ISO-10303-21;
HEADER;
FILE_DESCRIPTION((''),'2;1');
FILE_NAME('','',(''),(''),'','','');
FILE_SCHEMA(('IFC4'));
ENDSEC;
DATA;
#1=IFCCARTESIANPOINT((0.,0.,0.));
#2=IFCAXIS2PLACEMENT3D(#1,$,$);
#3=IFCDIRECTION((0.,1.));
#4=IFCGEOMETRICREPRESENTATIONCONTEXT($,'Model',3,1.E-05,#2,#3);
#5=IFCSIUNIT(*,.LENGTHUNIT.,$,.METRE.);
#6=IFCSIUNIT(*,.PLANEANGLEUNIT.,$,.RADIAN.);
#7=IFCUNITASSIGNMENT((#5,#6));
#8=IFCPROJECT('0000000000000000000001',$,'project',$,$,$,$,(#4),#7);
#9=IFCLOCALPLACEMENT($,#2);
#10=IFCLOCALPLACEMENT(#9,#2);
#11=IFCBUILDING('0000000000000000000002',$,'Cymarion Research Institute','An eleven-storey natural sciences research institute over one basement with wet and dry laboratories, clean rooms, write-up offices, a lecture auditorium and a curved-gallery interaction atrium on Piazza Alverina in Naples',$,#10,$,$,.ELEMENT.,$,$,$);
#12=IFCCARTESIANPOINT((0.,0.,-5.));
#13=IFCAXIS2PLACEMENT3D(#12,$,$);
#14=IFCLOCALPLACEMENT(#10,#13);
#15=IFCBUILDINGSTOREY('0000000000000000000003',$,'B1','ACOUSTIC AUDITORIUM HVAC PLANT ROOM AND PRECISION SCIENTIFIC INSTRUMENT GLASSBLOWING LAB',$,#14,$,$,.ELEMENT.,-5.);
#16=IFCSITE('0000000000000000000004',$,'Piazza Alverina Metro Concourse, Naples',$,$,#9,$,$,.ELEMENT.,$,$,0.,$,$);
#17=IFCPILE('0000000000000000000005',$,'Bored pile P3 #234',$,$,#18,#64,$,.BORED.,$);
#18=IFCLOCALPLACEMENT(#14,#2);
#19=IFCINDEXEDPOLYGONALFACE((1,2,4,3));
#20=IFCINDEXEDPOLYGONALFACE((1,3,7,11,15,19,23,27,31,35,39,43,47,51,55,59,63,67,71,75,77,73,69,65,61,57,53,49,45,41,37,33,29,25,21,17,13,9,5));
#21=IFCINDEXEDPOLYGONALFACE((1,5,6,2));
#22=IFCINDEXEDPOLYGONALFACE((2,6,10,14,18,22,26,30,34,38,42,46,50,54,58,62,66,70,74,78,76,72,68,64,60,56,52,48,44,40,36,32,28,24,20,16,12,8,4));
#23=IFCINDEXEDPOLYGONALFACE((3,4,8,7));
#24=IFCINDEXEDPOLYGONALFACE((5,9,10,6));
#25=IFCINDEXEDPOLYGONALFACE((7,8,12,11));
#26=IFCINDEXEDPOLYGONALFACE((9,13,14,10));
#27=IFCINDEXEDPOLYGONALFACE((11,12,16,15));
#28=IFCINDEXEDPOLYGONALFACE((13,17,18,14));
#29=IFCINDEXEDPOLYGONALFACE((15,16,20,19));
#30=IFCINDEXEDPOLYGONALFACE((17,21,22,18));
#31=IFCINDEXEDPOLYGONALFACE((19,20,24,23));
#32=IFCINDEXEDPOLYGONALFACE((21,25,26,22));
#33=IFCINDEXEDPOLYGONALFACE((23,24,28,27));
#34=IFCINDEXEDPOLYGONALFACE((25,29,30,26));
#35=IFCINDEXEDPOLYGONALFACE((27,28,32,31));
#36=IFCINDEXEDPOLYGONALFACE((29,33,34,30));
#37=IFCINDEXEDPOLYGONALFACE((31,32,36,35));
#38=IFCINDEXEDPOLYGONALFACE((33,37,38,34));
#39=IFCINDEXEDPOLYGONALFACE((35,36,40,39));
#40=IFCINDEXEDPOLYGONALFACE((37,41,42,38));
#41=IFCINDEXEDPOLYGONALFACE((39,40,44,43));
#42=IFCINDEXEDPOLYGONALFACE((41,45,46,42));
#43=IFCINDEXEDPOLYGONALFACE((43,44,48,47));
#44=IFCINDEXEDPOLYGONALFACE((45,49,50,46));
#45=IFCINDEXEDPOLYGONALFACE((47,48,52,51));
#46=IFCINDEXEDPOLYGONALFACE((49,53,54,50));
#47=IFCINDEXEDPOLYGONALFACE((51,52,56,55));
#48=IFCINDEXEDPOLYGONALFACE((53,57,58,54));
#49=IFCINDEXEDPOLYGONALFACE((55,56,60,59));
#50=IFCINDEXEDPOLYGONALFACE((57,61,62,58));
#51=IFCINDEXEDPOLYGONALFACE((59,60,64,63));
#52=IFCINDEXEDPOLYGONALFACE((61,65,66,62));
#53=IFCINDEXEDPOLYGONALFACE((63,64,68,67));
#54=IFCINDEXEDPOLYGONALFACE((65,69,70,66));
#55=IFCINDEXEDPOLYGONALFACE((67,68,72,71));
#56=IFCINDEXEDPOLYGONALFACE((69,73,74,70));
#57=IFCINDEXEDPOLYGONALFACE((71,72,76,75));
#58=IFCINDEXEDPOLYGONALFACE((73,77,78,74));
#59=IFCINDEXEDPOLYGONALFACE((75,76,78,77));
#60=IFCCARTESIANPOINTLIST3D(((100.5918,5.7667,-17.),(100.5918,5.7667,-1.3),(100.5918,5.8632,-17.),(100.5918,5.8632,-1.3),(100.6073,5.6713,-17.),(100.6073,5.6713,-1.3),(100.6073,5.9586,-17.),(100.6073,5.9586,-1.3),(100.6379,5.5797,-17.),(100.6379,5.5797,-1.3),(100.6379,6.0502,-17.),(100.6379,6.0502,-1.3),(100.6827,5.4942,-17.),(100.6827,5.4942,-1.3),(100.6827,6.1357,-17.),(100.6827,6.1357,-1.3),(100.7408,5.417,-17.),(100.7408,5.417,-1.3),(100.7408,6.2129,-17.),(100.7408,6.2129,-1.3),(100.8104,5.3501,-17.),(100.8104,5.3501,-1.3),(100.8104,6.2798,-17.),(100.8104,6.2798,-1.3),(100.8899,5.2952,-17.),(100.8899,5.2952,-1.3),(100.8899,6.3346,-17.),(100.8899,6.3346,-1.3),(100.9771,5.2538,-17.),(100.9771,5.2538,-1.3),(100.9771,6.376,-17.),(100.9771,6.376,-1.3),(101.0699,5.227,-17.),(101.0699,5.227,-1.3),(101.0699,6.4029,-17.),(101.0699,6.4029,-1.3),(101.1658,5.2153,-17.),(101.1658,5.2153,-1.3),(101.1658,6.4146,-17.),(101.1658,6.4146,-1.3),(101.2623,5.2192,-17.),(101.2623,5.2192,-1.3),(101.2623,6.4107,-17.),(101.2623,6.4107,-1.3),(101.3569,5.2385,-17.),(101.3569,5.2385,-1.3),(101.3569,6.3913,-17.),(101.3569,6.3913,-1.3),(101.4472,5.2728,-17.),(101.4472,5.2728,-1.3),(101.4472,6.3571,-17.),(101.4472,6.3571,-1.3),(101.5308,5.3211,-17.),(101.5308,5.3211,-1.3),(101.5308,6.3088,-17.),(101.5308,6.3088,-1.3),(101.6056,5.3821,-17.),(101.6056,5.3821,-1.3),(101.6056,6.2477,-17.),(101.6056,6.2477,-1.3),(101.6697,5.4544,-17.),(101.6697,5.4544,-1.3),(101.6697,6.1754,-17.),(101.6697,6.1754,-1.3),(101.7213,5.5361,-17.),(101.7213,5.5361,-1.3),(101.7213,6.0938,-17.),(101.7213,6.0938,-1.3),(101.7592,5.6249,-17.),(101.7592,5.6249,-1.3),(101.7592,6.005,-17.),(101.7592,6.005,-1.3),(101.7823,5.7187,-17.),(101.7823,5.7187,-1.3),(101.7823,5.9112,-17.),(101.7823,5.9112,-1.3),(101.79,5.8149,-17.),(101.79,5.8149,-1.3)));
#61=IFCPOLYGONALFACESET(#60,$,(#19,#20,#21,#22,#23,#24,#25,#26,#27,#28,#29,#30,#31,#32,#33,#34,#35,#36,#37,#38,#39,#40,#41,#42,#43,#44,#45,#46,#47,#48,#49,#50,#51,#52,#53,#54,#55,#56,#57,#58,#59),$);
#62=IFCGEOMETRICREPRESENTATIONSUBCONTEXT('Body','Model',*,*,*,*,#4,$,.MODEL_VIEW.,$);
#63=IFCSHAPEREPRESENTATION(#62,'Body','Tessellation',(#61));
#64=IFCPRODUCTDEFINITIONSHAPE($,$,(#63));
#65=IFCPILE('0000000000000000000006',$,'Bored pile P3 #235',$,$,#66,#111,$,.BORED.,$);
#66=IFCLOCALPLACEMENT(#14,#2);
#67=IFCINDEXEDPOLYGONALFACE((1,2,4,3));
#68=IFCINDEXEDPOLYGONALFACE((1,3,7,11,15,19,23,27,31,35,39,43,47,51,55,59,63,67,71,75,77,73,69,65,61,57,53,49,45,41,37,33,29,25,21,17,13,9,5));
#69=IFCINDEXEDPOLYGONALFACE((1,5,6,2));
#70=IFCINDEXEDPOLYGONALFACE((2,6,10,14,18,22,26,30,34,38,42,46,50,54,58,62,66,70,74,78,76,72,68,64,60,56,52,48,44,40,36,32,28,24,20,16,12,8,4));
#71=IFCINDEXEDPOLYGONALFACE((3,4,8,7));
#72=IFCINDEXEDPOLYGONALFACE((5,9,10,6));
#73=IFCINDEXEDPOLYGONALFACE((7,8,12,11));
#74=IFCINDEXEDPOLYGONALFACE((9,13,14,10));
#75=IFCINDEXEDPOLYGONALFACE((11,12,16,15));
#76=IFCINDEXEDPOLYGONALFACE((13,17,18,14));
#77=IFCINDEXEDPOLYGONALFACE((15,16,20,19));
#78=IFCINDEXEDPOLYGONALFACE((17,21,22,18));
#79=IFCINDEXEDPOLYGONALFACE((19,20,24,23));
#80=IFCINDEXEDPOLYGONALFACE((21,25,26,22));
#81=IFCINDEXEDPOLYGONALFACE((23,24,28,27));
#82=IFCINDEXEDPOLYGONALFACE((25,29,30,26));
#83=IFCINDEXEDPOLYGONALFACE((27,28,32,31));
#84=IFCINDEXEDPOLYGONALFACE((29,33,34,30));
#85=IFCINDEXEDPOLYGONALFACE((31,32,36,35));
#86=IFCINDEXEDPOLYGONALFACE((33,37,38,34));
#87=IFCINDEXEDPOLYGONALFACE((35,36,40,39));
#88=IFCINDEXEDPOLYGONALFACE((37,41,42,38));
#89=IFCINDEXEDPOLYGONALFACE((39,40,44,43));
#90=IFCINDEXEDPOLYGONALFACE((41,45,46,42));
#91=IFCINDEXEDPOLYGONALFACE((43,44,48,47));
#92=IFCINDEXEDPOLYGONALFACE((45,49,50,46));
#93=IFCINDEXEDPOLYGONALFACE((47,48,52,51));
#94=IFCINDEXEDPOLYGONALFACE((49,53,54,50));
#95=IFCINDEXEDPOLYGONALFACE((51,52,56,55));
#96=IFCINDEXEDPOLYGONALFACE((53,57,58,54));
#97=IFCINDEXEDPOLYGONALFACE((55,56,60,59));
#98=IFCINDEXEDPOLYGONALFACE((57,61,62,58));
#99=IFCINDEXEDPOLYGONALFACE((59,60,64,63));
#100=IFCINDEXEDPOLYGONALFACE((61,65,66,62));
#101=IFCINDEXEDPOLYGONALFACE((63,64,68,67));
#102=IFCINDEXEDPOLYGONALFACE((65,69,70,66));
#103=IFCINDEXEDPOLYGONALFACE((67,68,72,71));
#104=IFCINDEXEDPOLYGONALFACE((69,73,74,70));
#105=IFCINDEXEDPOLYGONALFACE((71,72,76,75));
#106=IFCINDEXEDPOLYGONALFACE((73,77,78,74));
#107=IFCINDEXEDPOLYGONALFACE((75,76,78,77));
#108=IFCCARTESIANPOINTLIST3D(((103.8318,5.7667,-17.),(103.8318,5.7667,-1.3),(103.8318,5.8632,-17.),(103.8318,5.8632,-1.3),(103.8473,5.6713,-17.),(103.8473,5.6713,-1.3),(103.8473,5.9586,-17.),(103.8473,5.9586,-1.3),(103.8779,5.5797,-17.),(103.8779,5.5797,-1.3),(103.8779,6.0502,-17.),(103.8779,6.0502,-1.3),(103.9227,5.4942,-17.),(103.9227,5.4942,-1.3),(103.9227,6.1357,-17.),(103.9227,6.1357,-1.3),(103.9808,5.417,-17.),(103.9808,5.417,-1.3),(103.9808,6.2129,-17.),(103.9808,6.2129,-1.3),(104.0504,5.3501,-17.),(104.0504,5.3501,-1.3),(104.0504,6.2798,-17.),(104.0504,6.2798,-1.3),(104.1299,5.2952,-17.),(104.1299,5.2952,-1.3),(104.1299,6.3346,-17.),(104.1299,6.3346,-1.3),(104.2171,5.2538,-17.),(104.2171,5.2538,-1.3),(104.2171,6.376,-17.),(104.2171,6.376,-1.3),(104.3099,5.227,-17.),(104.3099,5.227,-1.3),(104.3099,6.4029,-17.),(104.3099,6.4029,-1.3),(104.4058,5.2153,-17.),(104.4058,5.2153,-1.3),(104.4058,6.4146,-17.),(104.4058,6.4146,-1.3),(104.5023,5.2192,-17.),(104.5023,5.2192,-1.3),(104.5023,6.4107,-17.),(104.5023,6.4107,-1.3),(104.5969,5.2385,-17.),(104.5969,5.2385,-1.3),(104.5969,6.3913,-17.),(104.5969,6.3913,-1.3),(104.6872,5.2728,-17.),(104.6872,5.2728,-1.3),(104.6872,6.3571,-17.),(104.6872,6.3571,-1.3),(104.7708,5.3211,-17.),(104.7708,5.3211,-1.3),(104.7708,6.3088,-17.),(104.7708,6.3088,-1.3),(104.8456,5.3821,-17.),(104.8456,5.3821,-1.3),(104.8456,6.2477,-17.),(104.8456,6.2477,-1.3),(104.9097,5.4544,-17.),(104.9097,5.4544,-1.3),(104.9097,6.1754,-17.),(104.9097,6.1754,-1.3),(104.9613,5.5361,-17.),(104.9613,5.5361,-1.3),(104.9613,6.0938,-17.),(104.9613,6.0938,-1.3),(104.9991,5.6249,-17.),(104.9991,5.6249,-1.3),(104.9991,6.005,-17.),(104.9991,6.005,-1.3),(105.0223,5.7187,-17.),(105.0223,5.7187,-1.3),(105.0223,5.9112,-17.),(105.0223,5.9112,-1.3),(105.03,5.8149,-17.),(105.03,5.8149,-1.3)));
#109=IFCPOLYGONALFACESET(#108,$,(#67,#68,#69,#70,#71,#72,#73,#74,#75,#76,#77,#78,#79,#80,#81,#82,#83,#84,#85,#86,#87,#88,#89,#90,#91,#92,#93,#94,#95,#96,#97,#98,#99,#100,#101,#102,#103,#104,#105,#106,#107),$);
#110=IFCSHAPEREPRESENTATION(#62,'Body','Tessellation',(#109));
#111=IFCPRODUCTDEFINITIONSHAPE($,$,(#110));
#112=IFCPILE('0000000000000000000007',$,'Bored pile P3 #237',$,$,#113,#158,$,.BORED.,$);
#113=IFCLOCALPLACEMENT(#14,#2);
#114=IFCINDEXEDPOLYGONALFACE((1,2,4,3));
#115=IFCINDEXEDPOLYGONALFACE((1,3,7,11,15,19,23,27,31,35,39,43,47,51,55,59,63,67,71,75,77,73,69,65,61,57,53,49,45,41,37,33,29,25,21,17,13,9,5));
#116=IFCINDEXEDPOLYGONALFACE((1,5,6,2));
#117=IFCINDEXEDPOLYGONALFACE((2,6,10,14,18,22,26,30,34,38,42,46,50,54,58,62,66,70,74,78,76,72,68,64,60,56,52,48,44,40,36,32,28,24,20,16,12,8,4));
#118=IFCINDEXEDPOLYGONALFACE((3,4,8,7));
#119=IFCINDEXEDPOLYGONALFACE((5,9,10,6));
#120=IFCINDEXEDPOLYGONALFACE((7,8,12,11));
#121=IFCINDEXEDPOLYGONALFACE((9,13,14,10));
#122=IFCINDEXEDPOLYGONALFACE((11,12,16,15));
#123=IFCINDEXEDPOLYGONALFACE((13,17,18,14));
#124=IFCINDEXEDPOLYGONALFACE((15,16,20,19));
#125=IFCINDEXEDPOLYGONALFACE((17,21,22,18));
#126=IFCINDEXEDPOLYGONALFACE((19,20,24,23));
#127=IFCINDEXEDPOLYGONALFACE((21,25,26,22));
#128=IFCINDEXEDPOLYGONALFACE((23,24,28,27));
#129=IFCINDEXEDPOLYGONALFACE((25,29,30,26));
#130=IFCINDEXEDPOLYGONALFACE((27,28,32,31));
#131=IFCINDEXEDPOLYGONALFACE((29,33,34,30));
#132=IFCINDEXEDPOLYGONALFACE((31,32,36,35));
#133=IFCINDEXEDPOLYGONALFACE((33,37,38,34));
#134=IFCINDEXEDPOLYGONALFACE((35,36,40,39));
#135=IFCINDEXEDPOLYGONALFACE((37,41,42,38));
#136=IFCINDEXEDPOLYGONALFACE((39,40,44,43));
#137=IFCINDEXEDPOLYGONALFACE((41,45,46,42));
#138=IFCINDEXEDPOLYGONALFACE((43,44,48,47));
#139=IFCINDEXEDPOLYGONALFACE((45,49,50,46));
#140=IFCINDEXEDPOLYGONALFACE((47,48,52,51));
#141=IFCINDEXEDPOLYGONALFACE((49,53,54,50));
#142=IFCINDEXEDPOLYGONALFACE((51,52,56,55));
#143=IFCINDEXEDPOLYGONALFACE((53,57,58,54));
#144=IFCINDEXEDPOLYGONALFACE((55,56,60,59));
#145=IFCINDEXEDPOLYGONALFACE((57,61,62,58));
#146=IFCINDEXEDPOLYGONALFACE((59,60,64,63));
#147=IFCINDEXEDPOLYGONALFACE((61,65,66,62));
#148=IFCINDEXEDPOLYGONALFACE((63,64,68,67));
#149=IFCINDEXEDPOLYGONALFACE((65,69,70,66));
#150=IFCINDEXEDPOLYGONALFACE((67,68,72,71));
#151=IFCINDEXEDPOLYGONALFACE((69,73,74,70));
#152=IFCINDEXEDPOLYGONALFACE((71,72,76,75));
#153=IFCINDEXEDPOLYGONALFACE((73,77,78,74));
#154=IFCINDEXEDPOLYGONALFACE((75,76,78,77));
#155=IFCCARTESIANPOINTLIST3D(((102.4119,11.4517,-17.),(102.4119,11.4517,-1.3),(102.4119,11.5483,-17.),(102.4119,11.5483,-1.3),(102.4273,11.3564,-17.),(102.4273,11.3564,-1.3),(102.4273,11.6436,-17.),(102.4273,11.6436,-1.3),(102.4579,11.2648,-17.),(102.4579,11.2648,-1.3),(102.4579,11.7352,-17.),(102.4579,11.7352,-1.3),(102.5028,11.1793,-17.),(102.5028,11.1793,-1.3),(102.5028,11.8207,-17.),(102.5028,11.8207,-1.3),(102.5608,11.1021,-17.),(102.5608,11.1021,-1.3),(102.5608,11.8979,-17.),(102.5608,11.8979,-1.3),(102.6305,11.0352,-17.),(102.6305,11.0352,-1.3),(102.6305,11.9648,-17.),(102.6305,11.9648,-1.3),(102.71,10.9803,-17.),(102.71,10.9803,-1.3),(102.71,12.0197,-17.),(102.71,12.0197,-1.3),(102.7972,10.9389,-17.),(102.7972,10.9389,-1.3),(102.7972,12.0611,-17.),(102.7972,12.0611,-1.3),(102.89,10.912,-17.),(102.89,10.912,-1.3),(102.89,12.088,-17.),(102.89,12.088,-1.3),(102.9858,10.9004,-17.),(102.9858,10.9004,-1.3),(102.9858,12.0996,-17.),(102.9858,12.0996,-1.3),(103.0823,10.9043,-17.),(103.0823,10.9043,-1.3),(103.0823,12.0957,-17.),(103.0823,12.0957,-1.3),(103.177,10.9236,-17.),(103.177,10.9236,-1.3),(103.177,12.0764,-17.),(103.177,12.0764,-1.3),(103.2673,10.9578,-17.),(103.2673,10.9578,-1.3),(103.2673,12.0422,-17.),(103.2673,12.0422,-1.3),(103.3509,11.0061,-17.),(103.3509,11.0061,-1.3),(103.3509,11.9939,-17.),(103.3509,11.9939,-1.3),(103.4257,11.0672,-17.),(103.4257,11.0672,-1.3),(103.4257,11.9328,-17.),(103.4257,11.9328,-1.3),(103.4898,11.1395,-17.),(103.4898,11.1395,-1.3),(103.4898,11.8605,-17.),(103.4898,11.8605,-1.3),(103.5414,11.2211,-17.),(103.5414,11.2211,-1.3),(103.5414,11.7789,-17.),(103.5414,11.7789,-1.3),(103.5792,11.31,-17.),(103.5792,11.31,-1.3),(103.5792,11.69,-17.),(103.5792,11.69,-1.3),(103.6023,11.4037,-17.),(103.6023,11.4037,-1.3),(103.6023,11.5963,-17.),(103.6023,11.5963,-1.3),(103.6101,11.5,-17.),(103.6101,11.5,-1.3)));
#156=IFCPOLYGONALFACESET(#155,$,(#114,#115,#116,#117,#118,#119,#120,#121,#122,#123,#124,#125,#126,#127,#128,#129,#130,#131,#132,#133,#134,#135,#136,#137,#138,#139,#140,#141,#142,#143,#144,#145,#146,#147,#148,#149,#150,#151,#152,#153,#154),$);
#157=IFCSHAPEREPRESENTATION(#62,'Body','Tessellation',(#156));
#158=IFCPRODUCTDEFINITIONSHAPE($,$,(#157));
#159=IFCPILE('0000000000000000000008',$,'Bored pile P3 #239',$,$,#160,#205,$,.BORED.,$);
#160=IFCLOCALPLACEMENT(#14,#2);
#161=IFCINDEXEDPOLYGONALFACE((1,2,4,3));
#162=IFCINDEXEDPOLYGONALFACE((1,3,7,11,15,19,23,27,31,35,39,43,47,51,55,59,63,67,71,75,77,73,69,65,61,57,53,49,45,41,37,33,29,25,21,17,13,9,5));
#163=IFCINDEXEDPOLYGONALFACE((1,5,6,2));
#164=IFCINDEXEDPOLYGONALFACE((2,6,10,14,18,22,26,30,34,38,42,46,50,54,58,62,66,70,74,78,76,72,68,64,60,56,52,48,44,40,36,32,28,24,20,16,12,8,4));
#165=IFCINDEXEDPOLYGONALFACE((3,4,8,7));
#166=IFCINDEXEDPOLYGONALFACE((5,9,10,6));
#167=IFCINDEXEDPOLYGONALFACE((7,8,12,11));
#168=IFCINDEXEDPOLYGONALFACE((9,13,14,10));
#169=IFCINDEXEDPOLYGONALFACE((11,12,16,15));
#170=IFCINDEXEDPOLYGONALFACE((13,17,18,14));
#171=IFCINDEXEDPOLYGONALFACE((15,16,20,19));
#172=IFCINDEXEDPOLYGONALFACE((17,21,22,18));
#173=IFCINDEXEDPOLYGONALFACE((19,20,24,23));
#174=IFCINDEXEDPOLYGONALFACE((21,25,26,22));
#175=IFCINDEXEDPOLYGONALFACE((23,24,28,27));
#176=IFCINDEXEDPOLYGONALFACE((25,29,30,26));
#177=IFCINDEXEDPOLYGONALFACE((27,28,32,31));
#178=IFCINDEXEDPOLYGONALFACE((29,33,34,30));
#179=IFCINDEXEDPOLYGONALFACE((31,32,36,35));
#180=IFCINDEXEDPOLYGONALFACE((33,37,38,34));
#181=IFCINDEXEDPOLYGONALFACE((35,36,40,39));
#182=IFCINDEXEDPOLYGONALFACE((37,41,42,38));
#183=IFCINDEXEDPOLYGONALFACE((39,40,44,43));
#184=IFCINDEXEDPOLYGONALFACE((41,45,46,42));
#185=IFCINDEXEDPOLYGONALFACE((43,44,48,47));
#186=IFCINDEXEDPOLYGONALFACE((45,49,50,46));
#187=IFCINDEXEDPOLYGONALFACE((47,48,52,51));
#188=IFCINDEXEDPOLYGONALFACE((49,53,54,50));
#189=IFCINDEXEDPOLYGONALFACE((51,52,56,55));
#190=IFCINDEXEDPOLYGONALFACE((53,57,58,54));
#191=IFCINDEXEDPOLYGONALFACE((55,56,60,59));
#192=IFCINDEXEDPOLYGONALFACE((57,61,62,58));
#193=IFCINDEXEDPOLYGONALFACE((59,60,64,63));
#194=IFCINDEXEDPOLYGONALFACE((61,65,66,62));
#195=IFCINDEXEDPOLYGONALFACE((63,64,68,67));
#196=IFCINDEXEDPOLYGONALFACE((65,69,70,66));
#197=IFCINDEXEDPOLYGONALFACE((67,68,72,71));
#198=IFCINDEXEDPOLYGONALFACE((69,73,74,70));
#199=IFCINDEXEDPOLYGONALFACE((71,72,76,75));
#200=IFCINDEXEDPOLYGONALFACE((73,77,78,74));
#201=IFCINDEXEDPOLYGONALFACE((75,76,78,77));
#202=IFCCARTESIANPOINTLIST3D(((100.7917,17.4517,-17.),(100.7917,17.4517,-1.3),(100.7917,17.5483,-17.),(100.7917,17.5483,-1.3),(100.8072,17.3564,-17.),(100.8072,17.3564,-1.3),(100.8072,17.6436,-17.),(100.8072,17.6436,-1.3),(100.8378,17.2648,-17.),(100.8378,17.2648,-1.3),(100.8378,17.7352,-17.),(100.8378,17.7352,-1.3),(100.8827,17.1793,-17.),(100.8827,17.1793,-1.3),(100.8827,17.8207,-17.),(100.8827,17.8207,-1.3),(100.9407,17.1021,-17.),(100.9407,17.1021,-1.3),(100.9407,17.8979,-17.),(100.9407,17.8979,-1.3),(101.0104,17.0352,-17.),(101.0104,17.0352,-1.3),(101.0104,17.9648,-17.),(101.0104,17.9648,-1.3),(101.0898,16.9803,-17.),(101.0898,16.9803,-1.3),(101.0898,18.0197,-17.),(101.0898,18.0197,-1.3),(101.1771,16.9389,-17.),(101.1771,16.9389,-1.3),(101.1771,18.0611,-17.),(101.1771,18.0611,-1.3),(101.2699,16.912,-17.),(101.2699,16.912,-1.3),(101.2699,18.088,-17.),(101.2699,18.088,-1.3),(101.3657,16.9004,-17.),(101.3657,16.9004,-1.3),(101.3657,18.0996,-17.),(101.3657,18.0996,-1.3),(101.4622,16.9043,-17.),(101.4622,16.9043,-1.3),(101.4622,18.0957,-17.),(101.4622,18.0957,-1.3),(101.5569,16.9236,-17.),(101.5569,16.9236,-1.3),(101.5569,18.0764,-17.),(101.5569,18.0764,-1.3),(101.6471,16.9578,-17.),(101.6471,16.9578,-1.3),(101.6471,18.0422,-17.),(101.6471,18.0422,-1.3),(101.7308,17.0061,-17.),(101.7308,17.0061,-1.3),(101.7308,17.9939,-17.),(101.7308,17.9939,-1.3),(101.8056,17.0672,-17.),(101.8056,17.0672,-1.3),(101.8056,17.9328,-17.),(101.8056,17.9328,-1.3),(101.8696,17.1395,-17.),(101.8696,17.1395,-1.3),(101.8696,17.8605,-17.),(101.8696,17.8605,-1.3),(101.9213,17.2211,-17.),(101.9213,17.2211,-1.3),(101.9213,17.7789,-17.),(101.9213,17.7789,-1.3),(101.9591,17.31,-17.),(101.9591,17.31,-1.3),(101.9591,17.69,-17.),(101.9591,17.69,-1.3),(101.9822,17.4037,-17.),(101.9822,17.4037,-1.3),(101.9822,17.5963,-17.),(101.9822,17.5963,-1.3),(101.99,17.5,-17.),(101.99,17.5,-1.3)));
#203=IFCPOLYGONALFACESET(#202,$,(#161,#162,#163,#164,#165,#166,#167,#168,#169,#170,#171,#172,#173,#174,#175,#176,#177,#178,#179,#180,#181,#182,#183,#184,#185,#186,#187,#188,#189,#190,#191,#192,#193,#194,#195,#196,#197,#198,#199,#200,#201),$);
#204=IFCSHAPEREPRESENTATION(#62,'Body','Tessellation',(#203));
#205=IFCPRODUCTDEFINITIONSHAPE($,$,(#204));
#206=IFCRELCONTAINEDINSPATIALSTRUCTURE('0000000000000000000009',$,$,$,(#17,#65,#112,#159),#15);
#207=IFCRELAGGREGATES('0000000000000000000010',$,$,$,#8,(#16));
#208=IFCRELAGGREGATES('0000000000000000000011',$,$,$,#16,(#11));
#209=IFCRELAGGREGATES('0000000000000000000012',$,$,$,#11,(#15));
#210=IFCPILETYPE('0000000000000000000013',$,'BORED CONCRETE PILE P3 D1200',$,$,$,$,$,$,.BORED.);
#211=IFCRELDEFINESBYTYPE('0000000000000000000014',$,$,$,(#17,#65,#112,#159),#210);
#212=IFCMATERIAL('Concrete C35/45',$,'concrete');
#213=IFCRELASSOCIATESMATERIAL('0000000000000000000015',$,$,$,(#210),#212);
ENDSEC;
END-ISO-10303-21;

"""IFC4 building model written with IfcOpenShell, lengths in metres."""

from ifc_helpers import new_model, si_unit, direction, frame, origin, origin_2d, place, context, subcontext, project, spatial, circle, extrude, material, material_profile, profile_set, type_object, element, save


model = new_model("IFC4")

# Units and contexts
model_context = context("Model", 3, precision=1e-05, world=origin(), true_north=direction((0.0, 1.0)))
body_context = subcontext(model_context, "Body", "Model", "MODEL_VIEW")
ifc_project = project(units=[si_unit("LENGTHUNIT", "METRE"), si_unit("PLANEANGLEUNIT", "RADIAN")], contexts=[model_context])

# Site, building, storey
site_placement = place(None, origin())
site = spatial("IfcSite", under=ifc_project, at=site_placement, Name="Piazza Alverina Metro Concourse, Naples", CompositionType="ELEMENT", RefElevation=0.0)
building_placement = place(site_placement, origin())
building = spatial("IfcBuilding", under=site, at=building_placement, Name="Cymarion Research Institute", Description="An eleven-storey natural sciences research institute over one basement with wet and dry laboratories, clean rooms, write-up offices, a lecture auditorium and a curved-gallery interaction atrium on Piazza Alverina in Naples", CompositionType="ELEMENT")
storey_placement = place(building_placement, frame((0.0, 0.0, -5.0)))
storey = spatial("IfcBuildingStorey", under=building, at=storey_placement, Name="B1", Description="ACOUSTIC AUDITORIUM HVAC PLANT ROOM AND PRECISION SCIENTIFIC INSTRUMENT GLASSBLOWING LAB", CompositionType="ELEMENT", Elevation=-5.0)

# Piles
ifc_material_1 = material(Name="Concrete C35/45", Category="concrete")
ifc_material_profile_1 = material_profile(ifc_material_1, circle(Radius=0.6001, at=origin_2d()), Name="BORED PILE D1200")
ifc_profile_set_1 = profile_set([ifc_material_profile_1], Name="Concrete C35/45")
pile_type = type_object("IfcPileType", Name="BORED CONCRETE PILE P3 D1200", PredefinedType="BORED", material=ifc_profile_set_1)
for number, where, z_axis, x_axis, name in (
    (1, (101.1899, 5.8149, -1.3), (0.0, 0.0, -1.0), (1.0, 0.0, 0.0), "Bored pile P3 #234"),
    (2, (104.4299, 5.8149, -1.3), (0.0, 0.0, -1.0), (1.0, 0.0, 0.0), "Bored pile P3 #235"),
    (3, (103.01, 11.5, -1.3), (0.0, 0.0, -1.0), (1.0, 0.0, 0.0), "Bored pile P3 #237"),
    (4, (101.3899, 17.5, -1.3), (0.0, 0.0, -1.0), (1.0, 0.0, 0.0), "Bored pile P3 #239"),
):
    element("IfcPile", number, at=place(storey_placement, frame(where, z_axis=z_axis, x_axis=x_axis)), inside=storey, type_object=pile_type, Name=name, PredefinedType="BORED", context=body_context, shape_type="SweptSolid", body=[
        extrude(circle(Radius=0.6001, at=origin_2d()), origin(), (0.0, 0.0, 1.0), 15.7),
    ])

save(model, "model.ifc")
